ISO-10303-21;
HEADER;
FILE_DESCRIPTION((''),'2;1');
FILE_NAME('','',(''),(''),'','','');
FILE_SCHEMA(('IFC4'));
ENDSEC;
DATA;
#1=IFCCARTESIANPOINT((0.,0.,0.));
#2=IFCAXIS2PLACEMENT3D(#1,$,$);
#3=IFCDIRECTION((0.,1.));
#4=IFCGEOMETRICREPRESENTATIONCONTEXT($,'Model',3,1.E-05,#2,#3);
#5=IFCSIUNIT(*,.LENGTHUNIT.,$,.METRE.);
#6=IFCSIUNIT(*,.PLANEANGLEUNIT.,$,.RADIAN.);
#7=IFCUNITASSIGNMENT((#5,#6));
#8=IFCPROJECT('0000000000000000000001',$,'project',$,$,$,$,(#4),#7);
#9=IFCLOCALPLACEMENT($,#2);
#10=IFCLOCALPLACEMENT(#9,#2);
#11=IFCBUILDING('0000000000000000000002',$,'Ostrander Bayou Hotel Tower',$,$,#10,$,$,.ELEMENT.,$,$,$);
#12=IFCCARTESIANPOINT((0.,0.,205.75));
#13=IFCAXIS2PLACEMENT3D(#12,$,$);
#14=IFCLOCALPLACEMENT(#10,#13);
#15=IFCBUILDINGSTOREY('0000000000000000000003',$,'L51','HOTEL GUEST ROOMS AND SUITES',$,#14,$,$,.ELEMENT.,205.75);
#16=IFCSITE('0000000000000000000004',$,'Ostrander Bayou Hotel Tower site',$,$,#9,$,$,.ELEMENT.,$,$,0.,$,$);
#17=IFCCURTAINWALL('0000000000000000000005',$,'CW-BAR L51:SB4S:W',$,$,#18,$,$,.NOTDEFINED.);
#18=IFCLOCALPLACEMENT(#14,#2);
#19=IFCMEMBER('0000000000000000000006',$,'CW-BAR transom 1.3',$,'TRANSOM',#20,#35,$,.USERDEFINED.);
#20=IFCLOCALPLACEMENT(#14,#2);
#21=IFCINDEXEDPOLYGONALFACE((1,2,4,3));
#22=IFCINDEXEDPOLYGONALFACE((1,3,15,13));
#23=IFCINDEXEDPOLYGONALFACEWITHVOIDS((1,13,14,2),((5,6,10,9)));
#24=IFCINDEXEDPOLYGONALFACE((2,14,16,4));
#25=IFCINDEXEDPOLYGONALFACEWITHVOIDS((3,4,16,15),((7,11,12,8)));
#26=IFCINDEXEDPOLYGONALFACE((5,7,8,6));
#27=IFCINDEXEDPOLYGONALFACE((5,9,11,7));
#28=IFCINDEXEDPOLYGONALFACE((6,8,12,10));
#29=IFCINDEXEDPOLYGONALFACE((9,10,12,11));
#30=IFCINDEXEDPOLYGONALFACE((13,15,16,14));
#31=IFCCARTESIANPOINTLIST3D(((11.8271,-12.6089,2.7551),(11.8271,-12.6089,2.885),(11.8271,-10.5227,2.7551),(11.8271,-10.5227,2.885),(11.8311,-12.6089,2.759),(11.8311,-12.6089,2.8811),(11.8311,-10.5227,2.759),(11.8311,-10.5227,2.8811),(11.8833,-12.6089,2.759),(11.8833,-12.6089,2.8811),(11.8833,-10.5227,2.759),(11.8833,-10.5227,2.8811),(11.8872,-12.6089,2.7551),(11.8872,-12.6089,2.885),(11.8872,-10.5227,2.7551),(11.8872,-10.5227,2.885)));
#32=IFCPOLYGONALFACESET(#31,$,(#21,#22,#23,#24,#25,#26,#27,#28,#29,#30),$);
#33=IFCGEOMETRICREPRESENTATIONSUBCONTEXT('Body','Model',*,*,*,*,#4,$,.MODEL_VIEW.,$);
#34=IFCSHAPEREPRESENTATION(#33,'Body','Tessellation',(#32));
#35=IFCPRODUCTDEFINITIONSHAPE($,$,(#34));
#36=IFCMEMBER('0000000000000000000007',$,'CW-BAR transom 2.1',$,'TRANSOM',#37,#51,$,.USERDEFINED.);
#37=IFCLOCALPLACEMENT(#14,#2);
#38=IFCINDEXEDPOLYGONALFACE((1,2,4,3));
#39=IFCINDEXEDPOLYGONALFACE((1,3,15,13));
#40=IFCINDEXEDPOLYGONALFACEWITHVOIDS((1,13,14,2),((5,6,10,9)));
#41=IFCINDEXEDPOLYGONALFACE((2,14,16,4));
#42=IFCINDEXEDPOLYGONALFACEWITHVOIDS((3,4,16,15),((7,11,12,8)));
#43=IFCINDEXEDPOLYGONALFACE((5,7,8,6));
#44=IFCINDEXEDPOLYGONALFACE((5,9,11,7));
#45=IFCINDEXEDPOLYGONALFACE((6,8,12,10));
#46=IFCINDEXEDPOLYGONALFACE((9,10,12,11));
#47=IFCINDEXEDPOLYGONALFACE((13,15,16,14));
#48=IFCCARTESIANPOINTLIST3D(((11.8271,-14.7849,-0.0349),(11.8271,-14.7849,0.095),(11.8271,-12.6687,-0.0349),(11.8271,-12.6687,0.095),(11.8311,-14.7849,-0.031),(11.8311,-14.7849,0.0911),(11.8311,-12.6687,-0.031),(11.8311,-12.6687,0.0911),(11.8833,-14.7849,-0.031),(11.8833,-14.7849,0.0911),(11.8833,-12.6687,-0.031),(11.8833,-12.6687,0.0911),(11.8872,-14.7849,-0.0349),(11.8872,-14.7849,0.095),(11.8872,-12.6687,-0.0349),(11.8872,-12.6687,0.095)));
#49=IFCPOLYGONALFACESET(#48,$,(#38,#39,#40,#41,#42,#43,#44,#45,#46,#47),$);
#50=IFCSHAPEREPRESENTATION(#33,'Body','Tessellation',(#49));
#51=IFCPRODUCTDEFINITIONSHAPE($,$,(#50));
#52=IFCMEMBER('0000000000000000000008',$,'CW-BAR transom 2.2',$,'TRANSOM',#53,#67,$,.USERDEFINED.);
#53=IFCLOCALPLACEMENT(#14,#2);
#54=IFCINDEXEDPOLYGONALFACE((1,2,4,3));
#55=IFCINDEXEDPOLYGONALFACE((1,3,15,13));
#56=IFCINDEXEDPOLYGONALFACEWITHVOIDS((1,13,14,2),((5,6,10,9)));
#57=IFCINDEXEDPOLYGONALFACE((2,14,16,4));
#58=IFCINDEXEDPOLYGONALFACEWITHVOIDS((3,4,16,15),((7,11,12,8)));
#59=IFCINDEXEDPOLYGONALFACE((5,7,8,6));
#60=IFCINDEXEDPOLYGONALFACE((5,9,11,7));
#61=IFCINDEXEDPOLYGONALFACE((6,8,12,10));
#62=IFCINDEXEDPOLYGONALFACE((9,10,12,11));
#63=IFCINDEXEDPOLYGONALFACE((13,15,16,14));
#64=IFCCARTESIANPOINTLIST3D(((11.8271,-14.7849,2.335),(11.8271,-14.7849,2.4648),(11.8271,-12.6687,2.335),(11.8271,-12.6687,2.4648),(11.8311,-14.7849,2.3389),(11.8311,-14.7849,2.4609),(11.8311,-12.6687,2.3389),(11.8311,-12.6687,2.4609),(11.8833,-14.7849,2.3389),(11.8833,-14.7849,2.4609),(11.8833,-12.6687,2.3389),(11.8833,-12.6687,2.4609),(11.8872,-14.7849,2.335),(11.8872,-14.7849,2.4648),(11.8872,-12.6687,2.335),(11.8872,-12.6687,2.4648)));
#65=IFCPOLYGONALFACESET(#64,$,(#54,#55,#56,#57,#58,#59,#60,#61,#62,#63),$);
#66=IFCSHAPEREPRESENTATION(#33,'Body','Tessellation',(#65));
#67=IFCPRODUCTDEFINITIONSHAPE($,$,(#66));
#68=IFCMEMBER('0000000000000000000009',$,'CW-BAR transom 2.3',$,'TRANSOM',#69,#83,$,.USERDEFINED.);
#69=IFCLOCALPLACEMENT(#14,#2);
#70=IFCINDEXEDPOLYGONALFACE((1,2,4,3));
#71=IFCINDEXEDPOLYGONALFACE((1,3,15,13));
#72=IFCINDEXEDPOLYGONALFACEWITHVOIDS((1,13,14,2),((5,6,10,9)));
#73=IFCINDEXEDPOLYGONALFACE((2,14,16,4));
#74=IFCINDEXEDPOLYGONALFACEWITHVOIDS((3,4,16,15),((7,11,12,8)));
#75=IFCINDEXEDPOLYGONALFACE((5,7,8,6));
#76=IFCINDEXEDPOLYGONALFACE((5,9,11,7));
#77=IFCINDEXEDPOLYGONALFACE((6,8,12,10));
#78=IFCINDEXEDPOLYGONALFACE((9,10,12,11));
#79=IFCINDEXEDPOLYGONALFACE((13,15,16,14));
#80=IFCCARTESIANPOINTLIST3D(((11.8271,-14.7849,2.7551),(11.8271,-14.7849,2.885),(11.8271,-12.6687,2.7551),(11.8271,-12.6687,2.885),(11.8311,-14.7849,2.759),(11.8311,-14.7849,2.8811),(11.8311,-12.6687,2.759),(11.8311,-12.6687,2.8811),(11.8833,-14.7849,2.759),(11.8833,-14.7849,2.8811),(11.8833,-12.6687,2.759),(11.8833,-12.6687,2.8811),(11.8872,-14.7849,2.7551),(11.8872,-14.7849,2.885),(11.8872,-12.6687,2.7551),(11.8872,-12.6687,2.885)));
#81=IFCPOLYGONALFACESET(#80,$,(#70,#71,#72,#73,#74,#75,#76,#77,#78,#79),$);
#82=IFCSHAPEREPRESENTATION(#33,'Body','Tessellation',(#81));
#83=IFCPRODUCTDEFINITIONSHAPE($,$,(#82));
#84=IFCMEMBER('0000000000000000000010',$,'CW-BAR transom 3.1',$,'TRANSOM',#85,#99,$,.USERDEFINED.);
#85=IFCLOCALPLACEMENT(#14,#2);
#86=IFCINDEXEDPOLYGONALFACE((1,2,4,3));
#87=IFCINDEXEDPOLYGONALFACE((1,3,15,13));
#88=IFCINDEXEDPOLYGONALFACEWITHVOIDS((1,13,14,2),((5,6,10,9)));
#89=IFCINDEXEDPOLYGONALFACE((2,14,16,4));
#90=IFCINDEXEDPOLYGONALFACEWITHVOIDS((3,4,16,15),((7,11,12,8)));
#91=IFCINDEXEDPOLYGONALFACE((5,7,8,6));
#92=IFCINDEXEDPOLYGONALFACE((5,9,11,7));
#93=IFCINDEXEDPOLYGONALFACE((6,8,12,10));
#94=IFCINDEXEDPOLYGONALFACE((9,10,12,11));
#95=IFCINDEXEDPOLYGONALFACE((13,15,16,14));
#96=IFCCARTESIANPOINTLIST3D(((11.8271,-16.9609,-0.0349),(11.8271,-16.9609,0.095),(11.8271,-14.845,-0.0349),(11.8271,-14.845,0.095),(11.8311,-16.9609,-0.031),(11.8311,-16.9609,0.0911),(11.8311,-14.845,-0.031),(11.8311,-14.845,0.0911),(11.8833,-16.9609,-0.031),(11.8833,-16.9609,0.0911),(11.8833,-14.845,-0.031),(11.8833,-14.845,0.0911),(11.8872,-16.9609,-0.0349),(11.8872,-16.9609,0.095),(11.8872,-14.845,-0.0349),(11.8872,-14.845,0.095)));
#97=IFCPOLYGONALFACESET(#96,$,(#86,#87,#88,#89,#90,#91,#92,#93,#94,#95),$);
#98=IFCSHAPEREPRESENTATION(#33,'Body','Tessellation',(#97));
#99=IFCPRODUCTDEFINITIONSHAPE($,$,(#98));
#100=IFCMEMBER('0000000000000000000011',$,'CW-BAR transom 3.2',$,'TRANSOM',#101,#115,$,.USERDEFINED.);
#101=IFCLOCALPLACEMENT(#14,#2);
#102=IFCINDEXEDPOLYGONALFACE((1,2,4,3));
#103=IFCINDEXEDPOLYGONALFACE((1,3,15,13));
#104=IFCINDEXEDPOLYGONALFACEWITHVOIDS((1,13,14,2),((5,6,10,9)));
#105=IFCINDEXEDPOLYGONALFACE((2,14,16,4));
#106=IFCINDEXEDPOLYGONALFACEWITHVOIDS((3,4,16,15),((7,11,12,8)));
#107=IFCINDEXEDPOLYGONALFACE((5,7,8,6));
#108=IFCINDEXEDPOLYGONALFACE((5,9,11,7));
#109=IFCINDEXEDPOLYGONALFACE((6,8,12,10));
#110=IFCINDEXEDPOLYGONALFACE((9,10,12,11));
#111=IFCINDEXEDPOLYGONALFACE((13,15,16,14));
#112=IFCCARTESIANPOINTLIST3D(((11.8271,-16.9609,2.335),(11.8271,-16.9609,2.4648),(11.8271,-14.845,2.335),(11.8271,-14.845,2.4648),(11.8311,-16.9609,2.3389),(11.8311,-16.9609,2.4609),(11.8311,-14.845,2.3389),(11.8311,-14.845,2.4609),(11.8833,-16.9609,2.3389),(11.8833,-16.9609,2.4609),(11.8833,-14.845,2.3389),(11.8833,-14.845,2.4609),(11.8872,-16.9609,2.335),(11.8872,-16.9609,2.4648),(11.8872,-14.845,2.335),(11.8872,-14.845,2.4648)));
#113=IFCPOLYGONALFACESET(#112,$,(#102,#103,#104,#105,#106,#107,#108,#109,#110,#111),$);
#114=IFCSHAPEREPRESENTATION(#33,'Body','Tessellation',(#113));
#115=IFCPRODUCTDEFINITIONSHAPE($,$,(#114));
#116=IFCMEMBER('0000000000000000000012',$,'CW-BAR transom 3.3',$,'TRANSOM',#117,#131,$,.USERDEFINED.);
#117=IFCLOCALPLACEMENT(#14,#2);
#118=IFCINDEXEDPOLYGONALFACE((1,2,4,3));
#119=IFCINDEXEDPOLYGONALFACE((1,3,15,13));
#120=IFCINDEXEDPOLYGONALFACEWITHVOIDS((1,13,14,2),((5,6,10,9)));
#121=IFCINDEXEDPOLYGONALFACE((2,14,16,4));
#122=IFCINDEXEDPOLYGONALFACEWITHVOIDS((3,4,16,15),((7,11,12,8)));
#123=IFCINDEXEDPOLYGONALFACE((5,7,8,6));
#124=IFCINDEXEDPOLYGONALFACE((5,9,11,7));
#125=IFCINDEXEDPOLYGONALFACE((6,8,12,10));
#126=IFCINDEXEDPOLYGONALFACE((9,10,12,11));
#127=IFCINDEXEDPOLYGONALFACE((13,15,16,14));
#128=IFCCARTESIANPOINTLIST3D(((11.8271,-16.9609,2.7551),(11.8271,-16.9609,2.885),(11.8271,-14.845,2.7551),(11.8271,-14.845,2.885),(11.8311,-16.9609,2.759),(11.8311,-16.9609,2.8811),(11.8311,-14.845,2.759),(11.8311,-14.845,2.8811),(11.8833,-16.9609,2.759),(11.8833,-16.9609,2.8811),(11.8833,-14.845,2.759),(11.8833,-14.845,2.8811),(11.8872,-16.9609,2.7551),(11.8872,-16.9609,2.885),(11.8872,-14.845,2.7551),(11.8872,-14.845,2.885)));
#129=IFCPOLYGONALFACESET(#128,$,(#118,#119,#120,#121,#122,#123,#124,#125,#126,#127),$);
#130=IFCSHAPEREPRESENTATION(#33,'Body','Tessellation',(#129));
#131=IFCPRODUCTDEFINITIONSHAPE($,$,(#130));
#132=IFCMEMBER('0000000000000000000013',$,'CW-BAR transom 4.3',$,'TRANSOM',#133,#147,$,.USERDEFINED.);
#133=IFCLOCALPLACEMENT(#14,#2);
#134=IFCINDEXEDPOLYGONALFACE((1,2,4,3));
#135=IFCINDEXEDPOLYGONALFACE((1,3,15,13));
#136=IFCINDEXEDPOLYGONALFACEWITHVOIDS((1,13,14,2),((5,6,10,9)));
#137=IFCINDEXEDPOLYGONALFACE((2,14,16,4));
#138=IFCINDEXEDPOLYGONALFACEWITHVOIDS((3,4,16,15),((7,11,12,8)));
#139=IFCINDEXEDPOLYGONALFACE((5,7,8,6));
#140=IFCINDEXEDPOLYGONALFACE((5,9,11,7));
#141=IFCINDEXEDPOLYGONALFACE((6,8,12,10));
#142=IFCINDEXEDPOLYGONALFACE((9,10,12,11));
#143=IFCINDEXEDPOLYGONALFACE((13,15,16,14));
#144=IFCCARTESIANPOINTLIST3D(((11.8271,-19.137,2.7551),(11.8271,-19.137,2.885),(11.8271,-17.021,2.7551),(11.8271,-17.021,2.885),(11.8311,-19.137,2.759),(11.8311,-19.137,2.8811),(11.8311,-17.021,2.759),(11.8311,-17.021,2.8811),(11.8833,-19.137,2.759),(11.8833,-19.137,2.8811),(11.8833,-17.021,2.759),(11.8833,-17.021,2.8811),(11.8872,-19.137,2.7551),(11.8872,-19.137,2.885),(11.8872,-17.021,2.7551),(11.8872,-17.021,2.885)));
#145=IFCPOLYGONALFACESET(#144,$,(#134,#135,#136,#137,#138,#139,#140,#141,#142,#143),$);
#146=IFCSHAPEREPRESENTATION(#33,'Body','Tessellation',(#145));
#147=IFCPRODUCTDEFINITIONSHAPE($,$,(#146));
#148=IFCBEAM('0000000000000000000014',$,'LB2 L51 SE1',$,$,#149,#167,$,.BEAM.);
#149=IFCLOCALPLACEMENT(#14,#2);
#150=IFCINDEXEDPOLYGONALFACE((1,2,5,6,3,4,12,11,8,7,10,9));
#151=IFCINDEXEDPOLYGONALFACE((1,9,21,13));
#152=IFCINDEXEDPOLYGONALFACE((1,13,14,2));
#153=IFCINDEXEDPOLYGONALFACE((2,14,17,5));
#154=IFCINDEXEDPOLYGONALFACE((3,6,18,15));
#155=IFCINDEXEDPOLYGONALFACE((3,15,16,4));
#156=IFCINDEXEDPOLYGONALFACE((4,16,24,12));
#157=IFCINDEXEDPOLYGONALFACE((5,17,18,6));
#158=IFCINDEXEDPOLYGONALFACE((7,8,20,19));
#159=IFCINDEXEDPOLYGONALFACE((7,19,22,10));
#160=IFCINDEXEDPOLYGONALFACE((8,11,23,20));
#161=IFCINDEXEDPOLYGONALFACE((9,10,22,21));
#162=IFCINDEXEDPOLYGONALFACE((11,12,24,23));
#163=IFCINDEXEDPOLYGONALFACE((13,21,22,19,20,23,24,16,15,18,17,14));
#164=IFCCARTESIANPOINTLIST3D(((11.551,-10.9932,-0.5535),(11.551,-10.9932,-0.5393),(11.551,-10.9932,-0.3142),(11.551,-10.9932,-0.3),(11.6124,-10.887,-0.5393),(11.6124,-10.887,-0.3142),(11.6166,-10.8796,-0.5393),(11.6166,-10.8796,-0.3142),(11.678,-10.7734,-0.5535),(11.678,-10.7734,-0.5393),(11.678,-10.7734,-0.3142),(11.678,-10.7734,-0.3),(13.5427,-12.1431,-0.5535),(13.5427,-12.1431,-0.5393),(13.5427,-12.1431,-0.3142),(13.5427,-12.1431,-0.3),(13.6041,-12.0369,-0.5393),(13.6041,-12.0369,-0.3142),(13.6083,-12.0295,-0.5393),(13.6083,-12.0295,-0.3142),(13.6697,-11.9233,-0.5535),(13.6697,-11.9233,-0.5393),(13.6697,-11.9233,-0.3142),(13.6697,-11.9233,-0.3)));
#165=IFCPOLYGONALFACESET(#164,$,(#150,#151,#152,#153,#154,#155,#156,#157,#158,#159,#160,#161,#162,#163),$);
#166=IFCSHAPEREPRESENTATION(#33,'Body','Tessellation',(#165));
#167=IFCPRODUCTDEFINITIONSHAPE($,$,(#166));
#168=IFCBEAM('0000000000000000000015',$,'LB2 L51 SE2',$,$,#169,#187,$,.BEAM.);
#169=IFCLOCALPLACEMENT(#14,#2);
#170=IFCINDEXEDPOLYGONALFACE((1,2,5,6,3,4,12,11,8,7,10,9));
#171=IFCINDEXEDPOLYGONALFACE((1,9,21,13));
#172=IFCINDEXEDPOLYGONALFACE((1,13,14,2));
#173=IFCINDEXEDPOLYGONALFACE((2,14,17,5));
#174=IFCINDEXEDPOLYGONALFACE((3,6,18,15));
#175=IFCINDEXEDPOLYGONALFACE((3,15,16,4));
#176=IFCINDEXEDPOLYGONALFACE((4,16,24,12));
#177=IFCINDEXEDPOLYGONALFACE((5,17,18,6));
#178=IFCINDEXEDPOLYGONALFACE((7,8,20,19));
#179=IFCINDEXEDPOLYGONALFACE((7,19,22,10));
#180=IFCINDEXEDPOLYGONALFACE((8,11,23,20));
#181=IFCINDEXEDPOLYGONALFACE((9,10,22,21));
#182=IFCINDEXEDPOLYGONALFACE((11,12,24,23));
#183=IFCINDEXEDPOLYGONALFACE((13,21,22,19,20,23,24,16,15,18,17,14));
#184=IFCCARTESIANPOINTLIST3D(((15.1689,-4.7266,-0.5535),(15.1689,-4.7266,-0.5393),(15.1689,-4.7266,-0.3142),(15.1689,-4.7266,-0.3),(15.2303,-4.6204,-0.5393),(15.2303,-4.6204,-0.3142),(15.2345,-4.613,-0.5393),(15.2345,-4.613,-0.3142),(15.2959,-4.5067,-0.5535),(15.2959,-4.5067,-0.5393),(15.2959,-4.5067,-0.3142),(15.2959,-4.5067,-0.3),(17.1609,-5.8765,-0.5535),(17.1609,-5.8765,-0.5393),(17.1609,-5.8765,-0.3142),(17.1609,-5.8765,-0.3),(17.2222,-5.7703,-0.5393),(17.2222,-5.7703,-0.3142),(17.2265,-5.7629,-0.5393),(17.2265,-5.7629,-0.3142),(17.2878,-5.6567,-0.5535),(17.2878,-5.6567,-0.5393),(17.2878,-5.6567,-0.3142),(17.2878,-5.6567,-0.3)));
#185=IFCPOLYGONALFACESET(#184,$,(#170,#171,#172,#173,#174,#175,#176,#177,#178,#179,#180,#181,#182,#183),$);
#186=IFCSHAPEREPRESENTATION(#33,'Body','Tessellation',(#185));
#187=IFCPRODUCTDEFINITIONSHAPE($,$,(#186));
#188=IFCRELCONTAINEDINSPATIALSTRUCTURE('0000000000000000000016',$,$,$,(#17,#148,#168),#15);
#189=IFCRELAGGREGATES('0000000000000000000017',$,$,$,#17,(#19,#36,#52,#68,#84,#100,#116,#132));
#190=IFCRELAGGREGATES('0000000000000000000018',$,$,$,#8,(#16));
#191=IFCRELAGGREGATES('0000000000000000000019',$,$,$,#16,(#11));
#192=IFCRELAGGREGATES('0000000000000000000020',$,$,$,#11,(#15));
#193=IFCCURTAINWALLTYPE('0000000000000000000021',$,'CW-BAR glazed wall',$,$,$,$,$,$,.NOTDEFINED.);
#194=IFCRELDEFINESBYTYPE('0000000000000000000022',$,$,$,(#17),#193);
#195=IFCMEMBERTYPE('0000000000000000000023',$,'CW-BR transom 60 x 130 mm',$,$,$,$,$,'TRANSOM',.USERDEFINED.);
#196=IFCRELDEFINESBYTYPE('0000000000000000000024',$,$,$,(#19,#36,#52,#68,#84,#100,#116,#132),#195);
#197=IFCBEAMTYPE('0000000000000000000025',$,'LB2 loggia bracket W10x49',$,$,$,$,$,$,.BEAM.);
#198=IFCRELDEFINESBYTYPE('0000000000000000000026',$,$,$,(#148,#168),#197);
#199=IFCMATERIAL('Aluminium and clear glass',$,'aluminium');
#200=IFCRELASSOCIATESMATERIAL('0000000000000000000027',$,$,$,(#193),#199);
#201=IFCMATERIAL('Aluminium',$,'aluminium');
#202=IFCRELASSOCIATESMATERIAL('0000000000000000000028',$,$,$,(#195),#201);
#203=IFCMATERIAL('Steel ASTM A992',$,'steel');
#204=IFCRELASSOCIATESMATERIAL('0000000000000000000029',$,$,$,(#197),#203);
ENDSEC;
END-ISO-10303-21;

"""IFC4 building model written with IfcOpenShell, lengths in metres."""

from ifc_helpers import new_model, si_unit, direction, frame, origin, origin_2d, place, context, subcontext, project, spatial, hollow_rectangle, i_section, extrude, material, material_profile, profile_set, type_object, element, aggregate, save


model = new_model("IFC4")

# Units and contexts
model_context = context("Model", 3, precision=1e-05, world=origin(), true_north=direction((0.0, 1.0)))
body_context = subcontext(model_context, "Body", "Model", "MODEL_VIEW")
ifc_project = project(units=[si_unit("LENGTHUNIT", "METRE"), si_unit("PLANEANGLEUNIT", "RADIAN")], contexts=[model_context])

# Site, building, storey
site_placement = place(None, origin())
site = spatial("IfcSite", under=ifc_project, at=site_placement, Name="Ostrander Bayou Hotel Tower site", CompositionType="ELEMENT", RefElevation=0.0)
building_placement = place(site_placement, origin())
building = spatial("IfcBuilding", under=site, at=building_placement, Name="Ostrander Bayou Hotel Tower", CompositionType="ELEMENT")
storey_placement = place(building_placement, frame((0.0, 0.0, 205.75)))
storey = spatial("IfcBuildingStorey", under=building, at=storey_placement, Name="L51", Description="HOTEL GUEST ROOMS AND SUITES", CompositionType="ELEMENT", Elevation=205.75)

# Curtain wall, members
ifc_material_1 = material(Name="Aluminium and clear glass", Category="aluminium")
curtain_wall_type = type_object("IfcCurtainWallType", Name="CW-BAR glazed wall", PredefinedType="NOTDEFINED", material=ifc_material_1)
curtain_wall_placement = place(storey_placement, origin())
curtain_wall = element("IfcCurtainWall", 1, at=curtain_wall_placement, inside=storey, type_object=curtain_wall_type, Name="CW-BAR L51:SB4S:W", PredefinedType="NOTDEFINED")
ifc_material_2 = material(Name="Aluminium", Category="aluminium")
ifc_material_profile_1 = material_profile(ifc_material_2, hollow_rectangle(XDim=0.0601, YDim=0.1299, WallThickness=0.0039, at=origin_2d()))
ifc_profile_set_1 = profile_set([ifc_material_profile_1], Name="Aluminium")
member_type_1 = type_object("IfcMemberType", Name="CW-BR transom 60 x 130 mm", ElementType="TRANSOM", PredefinedType="USERDEFINED", material=ifc_profile_set_1)
member_1_placement = place(storey_placement, frame((11.8572, -10.5227, 2.8201), z_axis=(0.0, -1.0, 0.0), x_axis=(1.0, 0.0, 0.0)))
member_1 = element("IfcMember", 2, at=member_1_placement, type_object=member_type_1, Name="CW-BAR transom 1.3", ObjectType="TRANSOM", PredefinedType="USERDEFINED", context=body_context, shape_type="SweptSolid", body=[
    extrude(hollow_rectangle(XDim=0.0601, YDim=0.1299, WallThickness=0.0039, at=origin_2d()), origin(), (0.0, 0.0, 1.0), 2.0862),
])
member_2_placement = place(storey_placement, frame((11.8572, -12.6687, 0.03), z_axis=(0.0, -1.0, 0.0), x_axis=(1.0, 0.0, 0.0)))
member_2 = element("IfcMember", 3, at=member_2_placement, type_object=member_type_1, Name="CW-BAR transom 2.1", ObjectType="TRANSOM", PredefinedType="USERDEFINED", context=body_context, shape_type="SweptSolid", body=[
    extrude(hollow_rectangle(XDim=0.0601, YDim=0.1299, WallThickness=0.0039, at=origin_2d()), origin(), (0.0, 0.0, 1.0), 2.1162),
])
member_3_placement = place(storey_placement, frame((11.8572, -12.6687, 2.3999), z_axis=(0.0, -1.0, 0.0), x_axis=(1.0, 0.0, 0.0)))
member_3 = element("IfcMember", 4, at=member_3_placement, type_object=member_type_1, Name="CW-BAR transom 2.2", ObjectType="TRANSOM", PredefinedType="USERDEFINED", context=body_context, shape_type="SweptSolid", body=[
    extrude(hollow_rectangle(XDim=0.0601, YDim=0.1299, WallThickness=0.0039, at=origin_2d()), origin(), (0.0, 0.0, 1.0), 2.1162),
])
member_4_placement = place(storey_placement, frame((11.8572, -12.6687, 2.8201), z_axis=(0.0, -1.0, 0.0), x_axis=(1.0, 0.0, 0.0)))
member_4 = element("IfcMember", 5, at=member_4_placement, type_object=member_type_1, Name="CW-BAR transom 2.3", ObjectType="TRANSOM", PredefinedType="USERDEFINED", context=body_context, shape_type="SweptSolid", body=[
    extrude(hollow_rectangle(XDim=0.0601, YDim=0.1299, WallThickness=0.0039, at=origin_2d()), origin(), (0.0, 0.0, 1.0), 2.1162),
])
member_5_placement = place(storey_placement, frame((11.8572, -14.845, 0.03), z_axis=(0.0, -1.0, 0.0), x_axis=(1.0, 0.0, 0.0)))
member_5 = element("IfcMember", 6, at=member_5_placement, type_object=member_type_1, Name="CW-BAR transom 3.1", ObjectType="TRANSOM", PredefinedType="USERDEFINED", context=body_context, shape_type="SweptSolid", body=[
    extrude(hollow_rectangle(XDim=0.0601, YDim=0.1299, WallThickness=0.0039, at=origin_2d()), origin(), (0.0, 0.0, 1.0), 2.116),
])
member_6_placement = place(storey_placement, frame((11.8572, -14.845, 2.3999), z_axis=(0.0, -1.0, 0.0), x_axis=(1.0, 0.0, 0.0)))
member_6 = element("IfcMember", 7, at=member_6_placement, type_object=member_type_1, Name="CW-BAR transom 3.2", ObjectType="TRANSOM", PredefinedType="USERDEFINED", context=body_context, shape_type="SweptSolid", body=[
    extrude(hollow_rectangle(XDim=0.0601, YDim=0.1299, WallThickness=0.0039, at=origin_2d()), origin(), (0.0, 0.0, 1.0), 2.116),
])
member_7_placement = place(storey_placement, frame((11.8572, -14.845, 2.8201), z_axis=(0.0, -1.0, 0.0), x_axis=(1.0, 0.0, 0.0)))
member_7 = element("IfcMember", 8, at=member_7_placement, type_object=member_type_1, Name="CW-BAR transom 3.3", ObjectType="TRANSOM", PredefinedType="USERDEFINED", context=body_context, shape_type="SweptSolid", body=[
    extrude(hollow_rectangle(XDim=0.0601, YDim=0.1299, WallThickness=0.0039, at=origin_2d()), origin(), (0.0, 0.0, 1.0), 2.116),
])
member_8_placement = place(storey_placement, frame((11.8572, -17.021, 2.8201), z_axis=(0.0, -1.0, 0.0), x_axis=(1.0, 0.0, 0.0)))
member_8 = element("IfcMember", 9, at=member_8_placement, type_object=member_type_1, Name="CW-BAR transom 4.3", ObjectType="TRANSOM", PredefinedType="USERDEFINED", context=body_context, shape_type="SweptSolid", body=[
    extrude(hollow_rectangle(XDim=0.0601, YDim=0.1299, WallThickness=0.0039, at=origin_2d()), origin(), (0.0, 0.0, 1.0), 2.116),
])

# Beams
ifc_material_3 = material(Name="Steel ASTM A992", Category="steel")
ifc_material_profile_2 = material_profile(ifc_material_3, i_section(OverallWidth=0.2539, OverallDepth=0.2534, WebThickness=0.0085, FlangeThickness=0.0142, at=origin_2d()))
ifc_profile_set_2 = profile_set([ifc_material_profile_2], Name="Steel ASTM A992")
beam_type_1 = type_object("IfcBeamType", Name="LB2 loggia bracket W10x49", PredefinedType="BEAM", material=ifc_profile_set_2)
beam_1_placement = place(storey_placement, frame((13.6062, -12.0332, -0.4268), z_axis=(-0.866026, 0.499998, 0.0), x_axis=(-0.499998, -0.866026, 0.0)))
element("IfcBeam", 10, at=beam_1_placement, inside=storey, type_object=beam_type_1, Name="LB2 L51 SE1", PredefinedType="BEAM", context=body_context, shape_type="SweptSolid", body=[
    extrude(i_section(OverallWidth=0.2539, OverallDepth=0.2534, WebThickness=0.0085, FlangeThickness=0.0142, at=origin_2d()), origin(), (0.0, 0.0, 1.0), 2.2998),
])
beam_2_placement = place(storey_placement, frame((17.2244, -5.7666, -0.4268), z_axis=(-0.866053, 0.499952, 0.0), x_axis=(-0.499952, -0.866053, 0.0)))
element("IfcBeam", 11, at=beam_2_placement, inside=storey, type_object=beam_type_1, Name="LB2 L51 SE2", PredefinedType="BEAM", context=body_context, shape_type="SweptSolid", body=[
    extrude(i_section(OverallWidth=0.2539, OverallDepth=0.2534, WebThickness=0.0085, FlangeThickness=0.0142, at=origin_2d()), origin(), (0.0, 0.0, 1.0), 2.3),
])

aggregate(curtain_wall, [member_1, member_2, member_3, member_4, member_5, member_6, member_7, member_8])

save(model, "model.ifc")
